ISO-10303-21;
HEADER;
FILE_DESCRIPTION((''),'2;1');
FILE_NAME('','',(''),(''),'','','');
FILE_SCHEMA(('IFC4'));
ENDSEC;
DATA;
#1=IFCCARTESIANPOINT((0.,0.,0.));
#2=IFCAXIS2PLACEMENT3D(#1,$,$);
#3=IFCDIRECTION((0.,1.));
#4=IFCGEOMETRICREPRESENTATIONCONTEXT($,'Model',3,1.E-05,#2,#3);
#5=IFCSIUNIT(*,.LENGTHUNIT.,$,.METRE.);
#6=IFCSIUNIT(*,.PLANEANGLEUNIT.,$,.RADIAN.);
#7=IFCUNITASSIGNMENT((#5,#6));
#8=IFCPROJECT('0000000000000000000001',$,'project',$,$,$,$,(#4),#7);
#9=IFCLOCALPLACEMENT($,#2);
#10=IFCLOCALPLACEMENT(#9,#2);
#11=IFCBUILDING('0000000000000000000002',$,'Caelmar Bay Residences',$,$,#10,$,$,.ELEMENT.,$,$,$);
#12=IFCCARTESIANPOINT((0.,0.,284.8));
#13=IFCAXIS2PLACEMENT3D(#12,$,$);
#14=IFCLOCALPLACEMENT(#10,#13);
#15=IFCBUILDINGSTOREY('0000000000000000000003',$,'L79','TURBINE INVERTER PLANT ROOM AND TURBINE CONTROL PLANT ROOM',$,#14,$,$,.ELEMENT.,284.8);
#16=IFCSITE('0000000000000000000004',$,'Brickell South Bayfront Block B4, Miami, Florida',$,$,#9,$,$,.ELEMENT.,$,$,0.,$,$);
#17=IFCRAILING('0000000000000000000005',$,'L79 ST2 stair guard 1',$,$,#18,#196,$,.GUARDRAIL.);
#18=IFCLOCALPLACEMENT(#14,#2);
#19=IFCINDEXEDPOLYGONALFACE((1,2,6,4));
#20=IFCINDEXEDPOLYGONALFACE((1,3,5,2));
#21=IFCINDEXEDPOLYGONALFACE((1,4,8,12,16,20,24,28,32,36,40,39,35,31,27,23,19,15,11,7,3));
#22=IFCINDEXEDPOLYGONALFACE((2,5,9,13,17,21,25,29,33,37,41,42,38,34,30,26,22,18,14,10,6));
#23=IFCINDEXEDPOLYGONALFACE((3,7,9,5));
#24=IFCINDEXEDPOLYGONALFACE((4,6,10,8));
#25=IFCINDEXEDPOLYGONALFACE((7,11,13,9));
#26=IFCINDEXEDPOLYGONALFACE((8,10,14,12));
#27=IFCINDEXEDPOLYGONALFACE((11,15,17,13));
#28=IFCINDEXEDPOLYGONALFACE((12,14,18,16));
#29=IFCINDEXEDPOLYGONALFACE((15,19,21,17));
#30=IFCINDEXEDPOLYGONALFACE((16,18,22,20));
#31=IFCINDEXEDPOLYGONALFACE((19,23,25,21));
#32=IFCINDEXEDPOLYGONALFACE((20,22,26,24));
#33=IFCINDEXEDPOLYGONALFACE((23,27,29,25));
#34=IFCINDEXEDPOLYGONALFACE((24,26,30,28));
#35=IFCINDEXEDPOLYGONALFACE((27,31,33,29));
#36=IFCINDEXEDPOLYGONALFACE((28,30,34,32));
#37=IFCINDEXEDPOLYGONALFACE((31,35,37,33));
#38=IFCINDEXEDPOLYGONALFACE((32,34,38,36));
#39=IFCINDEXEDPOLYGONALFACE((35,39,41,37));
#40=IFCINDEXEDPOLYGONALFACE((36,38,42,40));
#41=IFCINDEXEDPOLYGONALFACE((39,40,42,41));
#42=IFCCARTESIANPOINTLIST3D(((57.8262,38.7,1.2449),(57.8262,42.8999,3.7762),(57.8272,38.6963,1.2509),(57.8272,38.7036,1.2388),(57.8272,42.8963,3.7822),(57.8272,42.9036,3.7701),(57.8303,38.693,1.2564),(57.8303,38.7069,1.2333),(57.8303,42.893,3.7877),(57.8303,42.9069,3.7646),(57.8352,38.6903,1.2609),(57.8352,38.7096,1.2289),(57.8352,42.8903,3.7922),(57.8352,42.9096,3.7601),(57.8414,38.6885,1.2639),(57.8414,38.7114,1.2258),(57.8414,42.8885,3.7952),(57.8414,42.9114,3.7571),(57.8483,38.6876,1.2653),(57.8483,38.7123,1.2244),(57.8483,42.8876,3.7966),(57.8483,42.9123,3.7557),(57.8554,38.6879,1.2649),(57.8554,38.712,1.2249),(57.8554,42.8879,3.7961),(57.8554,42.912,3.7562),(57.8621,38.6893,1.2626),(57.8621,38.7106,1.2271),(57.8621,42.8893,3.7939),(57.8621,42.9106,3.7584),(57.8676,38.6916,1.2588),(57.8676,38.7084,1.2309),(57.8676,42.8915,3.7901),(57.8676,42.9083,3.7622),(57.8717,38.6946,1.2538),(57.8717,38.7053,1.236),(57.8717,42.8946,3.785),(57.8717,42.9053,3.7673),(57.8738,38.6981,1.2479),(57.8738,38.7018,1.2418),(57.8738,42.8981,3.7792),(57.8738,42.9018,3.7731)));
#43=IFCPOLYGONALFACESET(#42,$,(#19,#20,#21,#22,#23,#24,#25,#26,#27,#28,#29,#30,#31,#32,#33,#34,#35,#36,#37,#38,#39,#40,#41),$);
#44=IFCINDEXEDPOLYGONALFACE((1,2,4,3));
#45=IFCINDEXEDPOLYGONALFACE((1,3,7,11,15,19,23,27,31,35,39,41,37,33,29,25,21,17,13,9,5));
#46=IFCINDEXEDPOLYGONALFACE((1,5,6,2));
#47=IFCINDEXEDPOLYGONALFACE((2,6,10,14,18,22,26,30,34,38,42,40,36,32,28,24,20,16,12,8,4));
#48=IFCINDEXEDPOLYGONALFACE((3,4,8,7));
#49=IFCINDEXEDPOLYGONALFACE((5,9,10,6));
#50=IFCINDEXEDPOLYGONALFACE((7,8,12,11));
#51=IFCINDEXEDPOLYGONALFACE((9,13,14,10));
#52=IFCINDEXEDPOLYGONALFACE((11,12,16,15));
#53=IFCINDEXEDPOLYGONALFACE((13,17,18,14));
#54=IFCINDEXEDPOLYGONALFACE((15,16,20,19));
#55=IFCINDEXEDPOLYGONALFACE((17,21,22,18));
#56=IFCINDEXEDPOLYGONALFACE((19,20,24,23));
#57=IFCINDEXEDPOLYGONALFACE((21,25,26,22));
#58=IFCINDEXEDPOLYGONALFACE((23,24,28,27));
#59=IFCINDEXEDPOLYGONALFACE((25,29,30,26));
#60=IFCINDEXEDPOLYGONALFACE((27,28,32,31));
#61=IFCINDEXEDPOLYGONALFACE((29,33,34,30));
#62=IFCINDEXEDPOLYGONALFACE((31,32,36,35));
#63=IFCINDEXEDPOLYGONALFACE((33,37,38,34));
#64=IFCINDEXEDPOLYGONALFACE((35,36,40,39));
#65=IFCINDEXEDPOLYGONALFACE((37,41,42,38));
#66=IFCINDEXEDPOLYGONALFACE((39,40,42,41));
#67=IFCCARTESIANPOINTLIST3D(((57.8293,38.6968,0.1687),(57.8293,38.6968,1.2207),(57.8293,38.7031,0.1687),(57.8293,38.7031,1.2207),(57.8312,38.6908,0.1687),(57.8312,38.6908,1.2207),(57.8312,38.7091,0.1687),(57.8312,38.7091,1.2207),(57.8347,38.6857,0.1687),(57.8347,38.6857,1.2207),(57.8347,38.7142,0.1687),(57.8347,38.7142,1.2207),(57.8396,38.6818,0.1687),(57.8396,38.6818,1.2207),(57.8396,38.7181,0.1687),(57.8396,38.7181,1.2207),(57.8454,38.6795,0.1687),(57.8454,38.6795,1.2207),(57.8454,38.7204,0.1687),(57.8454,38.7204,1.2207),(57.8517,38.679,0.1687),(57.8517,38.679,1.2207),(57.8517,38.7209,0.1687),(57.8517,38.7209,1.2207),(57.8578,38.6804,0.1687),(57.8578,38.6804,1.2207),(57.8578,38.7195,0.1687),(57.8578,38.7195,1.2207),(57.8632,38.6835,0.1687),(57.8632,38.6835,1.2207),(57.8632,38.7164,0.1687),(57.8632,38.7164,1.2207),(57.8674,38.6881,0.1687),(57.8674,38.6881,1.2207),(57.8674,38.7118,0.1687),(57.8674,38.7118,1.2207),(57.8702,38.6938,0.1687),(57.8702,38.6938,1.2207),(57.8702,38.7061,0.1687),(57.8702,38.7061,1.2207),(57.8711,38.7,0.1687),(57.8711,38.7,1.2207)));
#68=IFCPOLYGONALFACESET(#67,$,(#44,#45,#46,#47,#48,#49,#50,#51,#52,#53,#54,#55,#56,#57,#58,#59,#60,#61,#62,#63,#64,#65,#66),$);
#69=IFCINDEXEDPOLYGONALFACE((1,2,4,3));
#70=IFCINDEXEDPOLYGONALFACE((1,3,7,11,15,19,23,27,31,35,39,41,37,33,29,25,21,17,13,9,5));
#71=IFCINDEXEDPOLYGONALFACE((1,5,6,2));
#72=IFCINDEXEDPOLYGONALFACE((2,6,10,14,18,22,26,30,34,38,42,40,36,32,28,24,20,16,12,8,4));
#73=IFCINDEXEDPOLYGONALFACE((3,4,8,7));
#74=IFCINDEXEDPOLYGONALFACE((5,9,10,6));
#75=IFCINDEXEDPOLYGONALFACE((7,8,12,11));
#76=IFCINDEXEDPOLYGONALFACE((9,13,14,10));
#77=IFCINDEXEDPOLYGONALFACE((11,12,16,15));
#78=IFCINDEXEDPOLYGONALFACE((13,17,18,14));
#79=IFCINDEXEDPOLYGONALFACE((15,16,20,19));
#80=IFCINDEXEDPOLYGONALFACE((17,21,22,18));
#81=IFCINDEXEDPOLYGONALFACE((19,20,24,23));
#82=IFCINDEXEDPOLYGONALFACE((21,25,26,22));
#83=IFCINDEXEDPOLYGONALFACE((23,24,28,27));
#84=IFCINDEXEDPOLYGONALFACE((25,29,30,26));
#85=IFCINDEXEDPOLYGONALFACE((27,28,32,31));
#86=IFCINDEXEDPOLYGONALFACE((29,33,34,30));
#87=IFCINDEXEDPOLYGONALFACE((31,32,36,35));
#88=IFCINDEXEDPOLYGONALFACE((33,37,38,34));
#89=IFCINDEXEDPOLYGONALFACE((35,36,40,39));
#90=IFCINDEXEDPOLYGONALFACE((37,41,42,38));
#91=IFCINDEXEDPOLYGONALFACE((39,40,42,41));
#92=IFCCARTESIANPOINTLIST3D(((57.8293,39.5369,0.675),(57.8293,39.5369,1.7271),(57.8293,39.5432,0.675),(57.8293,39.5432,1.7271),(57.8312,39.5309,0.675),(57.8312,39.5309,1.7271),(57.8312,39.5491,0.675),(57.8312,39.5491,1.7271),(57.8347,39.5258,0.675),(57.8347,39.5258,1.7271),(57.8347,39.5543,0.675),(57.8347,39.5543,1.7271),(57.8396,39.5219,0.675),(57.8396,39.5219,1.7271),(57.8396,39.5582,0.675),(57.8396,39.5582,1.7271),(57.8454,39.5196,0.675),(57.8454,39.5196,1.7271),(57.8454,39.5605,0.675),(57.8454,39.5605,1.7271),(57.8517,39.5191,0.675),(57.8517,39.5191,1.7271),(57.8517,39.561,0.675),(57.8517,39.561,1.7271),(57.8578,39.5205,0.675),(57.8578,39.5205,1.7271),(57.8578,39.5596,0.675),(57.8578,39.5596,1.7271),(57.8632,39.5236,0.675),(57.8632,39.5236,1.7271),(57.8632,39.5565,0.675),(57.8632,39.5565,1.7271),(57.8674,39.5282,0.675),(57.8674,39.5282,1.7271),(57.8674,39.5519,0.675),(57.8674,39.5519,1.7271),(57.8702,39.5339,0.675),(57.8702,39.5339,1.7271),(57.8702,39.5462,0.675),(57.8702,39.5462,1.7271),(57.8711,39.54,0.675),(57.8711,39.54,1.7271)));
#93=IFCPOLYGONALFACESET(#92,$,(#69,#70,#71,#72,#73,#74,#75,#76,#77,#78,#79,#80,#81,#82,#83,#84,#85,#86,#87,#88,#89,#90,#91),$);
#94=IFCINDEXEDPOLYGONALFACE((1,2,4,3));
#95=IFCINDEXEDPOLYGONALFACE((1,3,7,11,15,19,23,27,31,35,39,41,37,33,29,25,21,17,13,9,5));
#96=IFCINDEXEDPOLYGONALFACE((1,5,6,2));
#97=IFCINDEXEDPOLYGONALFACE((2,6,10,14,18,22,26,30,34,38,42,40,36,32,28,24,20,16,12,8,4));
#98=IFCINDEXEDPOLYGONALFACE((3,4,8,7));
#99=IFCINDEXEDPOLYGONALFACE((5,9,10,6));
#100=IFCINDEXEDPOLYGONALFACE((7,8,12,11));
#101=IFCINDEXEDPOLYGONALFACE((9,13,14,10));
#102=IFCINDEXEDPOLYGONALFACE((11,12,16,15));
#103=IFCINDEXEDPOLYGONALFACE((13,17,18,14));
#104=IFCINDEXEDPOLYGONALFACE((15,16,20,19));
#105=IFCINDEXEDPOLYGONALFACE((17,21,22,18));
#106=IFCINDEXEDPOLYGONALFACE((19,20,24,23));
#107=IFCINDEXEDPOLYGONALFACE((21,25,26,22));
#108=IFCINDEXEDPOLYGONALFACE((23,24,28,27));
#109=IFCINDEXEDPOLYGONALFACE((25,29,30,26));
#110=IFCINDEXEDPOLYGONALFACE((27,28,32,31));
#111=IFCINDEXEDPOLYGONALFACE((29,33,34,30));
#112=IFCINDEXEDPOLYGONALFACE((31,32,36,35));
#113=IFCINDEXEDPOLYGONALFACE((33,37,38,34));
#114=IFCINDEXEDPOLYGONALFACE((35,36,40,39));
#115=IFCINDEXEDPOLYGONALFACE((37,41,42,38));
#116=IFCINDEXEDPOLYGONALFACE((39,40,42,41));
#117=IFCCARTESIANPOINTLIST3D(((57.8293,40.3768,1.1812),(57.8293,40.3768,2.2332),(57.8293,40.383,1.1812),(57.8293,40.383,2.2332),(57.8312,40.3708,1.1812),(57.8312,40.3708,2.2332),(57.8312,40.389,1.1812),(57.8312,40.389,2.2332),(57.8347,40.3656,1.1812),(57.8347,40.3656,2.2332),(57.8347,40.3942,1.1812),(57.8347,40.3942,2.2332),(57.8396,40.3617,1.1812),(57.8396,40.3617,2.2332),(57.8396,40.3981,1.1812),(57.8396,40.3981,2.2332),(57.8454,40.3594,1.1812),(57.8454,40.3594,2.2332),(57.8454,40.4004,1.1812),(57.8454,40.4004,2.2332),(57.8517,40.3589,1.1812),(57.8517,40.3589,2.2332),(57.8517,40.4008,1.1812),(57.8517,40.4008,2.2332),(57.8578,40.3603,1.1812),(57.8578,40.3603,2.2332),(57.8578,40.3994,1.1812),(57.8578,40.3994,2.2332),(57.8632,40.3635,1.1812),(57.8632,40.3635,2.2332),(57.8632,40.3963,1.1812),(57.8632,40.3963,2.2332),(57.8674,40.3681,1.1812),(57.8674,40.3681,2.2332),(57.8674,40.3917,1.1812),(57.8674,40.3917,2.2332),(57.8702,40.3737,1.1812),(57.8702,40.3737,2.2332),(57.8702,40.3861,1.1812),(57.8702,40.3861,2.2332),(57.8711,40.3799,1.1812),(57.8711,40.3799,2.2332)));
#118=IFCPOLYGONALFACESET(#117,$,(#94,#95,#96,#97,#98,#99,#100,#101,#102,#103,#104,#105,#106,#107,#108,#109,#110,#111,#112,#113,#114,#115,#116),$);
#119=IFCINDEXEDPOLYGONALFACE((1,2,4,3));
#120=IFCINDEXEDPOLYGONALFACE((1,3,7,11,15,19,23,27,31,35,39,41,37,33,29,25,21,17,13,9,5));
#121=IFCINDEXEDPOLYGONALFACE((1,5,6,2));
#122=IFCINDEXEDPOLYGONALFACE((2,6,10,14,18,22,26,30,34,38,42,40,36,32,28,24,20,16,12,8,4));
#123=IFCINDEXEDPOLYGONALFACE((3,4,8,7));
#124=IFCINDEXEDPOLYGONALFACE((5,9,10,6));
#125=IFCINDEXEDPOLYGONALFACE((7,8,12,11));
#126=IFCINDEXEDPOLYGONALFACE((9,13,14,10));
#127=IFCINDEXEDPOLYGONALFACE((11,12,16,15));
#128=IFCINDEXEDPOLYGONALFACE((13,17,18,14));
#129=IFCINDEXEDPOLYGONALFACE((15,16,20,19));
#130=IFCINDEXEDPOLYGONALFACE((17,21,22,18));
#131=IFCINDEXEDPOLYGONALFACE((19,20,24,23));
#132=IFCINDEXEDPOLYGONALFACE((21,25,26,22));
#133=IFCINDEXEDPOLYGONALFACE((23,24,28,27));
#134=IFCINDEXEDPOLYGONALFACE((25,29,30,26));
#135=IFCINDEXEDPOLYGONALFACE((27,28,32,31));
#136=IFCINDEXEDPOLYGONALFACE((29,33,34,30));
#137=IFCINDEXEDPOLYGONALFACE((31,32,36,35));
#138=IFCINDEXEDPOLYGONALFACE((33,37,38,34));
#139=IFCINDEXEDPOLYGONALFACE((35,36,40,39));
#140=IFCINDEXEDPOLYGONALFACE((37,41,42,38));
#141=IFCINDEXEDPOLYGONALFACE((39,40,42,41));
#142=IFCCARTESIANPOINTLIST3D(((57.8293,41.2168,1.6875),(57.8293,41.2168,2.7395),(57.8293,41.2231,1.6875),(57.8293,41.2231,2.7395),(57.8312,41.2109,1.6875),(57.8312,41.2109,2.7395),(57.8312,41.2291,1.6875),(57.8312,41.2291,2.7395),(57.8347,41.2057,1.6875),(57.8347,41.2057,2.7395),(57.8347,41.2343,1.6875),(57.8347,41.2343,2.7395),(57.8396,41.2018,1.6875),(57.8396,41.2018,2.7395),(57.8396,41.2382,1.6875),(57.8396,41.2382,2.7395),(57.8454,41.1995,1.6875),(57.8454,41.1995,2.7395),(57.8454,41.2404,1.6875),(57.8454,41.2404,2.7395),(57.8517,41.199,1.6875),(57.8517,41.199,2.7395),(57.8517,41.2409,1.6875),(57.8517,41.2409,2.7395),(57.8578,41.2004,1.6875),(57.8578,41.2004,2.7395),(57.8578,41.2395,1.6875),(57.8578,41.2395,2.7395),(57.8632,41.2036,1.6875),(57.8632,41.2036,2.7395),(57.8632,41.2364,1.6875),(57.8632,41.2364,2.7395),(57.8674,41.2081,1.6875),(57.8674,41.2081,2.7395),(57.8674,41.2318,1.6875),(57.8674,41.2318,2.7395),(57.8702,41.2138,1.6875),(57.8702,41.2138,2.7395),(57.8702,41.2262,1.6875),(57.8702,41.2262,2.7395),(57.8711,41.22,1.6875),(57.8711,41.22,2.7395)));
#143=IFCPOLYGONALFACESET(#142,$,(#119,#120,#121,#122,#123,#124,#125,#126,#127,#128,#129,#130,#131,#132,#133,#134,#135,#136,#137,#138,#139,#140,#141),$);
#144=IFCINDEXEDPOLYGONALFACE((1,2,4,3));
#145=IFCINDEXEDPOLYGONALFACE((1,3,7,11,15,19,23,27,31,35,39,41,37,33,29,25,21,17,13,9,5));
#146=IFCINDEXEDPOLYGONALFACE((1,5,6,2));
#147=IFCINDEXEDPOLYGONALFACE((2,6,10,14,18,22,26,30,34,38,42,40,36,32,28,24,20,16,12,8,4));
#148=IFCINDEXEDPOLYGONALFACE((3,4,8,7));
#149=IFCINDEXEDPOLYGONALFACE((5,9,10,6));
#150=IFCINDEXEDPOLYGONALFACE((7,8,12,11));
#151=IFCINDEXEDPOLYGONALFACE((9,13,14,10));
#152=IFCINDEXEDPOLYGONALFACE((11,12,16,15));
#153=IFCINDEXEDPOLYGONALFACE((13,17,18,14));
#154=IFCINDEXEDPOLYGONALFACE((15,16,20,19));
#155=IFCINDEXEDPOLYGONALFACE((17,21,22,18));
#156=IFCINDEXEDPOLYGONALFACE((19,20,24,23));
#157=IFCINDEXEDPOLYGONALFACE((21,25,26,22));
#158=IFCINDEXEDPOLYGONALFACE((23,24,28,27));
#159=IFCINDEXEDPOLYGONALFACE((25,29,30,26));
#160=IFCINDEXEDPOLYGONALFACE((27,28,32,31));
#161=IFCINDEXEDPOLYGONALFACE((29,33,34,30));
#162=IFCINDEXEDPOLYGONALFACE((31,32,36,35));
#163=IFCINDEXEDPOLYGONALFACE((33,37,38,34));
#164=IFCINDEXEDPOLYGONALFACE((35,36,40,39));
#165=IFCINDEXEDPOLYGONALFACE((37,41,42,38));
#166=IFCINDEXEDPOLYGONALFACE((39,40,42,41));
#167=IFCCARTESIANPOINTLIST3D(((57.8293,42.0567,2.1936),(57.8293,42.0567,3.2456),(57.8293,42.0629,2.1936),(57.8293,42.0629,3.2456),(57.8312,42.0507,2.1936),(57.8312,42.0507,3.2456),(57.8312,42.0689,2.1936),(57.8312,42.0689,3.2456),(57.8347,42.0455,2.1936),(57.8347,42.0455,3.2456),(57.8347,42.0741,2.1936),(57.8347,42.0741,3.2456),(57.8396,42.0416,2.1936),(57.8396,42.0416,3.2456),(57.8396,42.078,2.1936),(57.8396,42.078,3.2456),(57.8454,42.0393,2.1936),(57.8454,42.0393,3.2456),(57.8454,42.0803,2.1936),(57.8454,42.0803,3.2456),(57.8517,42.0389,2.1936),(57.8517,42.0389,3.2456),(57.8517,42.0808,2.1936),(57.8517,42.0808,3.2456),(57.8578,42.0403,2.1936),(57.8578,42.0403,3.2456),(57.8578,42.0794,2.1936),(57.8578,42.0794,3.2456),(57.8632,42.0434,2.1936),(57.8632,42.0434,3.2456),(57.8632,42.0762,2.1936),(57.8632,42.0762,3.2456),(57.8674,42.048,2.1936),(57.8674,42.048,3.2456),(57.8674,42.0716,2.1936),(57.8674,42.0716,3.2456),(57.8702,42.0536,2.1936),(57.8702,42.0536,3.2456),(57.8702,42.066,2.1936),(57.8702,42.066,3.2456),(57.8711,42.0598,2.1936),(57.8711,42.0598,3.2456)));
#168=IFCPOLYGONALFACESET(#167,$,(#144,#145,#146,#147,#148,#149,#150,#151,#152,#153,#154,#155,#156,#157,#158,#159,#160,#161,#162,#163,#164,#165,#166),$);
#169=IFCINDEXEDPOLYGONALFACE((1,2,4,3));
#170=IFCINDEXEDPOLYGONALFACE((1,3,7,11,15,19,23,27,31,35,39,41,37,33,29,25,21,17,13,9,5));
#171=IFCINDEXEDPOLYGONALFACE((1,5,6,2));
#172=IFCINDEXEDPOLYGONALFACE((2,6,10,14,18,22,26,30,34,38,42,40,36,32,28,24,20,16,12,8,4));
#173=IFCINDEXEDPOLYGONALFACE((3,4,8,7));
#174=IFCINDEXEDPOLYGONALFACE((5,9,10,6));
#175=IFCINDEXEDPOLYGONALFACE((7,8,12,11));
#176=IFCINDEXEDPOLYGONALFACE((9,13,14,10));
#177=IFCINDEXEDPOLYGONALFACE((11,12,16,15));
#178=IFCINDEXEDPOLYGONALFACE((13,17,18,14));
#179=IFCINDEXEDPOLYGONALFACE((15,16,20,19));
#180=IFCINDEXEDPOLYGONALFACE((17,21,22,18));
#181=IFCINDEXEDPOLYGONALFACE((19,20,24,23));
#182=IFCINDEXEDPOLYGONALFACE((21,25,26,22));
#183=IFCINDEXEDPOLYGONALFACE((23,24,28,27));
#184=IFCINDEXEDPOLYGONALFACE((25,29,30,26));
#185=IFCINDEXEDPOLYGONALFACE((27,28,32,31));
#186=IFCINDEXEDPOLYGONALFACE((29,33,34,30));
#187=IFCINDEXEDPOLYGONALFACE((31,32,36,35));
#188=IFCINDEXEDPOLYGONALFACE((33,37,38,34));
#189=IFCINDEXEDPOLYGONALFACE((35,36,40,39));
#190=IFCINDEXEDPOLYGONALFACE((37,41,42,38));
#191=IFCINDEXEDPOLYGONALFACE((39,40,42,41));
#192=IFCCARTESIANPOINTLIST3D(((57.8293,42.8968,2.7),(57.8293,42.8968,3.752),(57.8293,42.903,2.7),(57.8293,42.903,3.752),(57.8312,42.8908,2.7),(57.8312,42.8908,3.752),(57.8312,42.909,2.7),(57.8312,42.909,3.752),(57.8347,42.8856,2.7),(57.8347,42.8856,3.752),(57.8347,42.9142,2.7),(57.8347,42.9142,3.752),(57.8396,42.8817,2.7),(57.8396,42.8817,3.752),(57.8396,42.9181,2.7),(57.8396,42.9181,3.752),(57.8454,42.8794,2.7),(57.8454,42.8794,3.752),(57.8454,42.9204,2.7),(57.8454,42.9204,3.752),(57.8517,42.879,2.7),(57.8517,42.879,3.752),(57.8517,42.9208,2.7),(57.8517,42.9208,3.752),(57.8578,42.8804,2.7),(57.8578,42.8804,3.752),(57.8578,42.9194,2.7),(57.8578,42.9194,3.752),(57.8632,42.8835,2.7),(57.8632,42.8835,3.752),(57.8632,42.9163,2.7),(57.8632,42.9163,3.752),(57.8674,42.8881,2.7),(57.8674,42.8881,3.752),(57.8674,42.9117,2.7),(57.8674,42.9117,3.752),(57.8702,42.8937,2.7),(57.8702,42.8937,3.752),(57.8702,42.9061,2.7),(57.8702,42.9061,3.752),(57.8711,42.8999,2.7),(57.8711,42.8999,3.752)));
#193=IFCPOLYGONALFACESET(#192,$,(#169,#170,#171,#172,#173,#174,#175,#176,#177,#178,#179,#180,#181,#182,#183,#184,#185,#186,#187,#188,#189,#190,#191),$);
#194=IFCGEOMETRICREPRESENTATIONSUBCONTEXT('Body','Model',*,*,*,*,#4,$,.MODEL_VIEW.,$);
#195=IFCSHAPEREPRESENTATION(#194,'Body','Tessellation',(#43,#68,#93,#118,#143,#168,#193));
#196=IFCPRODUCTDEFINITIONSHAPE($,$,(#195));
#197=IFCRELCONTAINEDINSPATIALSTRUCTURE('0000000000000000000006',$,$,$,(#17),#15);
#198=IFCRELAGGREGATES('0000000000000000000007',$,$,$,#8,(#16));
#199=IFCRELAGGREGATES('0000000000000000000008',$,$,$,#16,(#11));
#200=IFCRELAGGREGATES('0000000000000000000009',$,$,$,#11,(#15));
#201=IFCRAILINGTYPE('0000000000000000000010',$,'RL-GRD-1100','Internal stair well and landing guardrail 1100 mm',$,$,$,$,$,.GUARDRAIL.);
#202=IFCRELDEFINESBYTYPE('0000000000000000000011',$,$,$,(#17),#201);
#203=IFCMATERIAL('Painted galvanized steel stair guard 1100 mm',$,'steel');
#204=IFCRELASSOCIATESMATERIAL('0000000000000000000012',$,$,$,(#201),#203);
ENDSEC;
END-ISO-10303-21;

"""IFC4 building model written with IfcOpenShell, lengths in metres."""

from ifc_helpers import new_model, si_unit, direction, frame, origin, origin_2d, place, context, subcontext, project, spatial, circle, extrude, material, type_object, element, save


model = new_model("IFC4")

# Units and contexts
model_context = context("Model", 3, precision=1e-05, world=origin(), true_north=direction((0.0, 1.0)))
body_context = subcontext(model_context, "Body", "Model", "MODEL_VIEW")
ifc_project = project(units=[si_unit("LENGTHUNIT", "METRE"), si_unit("PLANEANGLEUNIT", "RADIAN")], contexts=[model_context])

# Site, building, storey
site_placement = place(None, origin())
site = spatial("IfcSite", under=ifc_project, at=site_placement, Name="Brickell South Bayfront Block B4, Miami, Florida", CompositionType="ELEMENT", RefElevation=0.0)
building_placement = place(site_placement, origin())
building = spatial("IfcBuilding", under=site, at=building_placement, Name="Caelmar Bay Residences", CompositionType="ELEMENT")
storey_placement = place(building_placement, frame((0.0, 0.0, 284.8)))
storey = spatial("IfcBuildingStorey", under=building, at=storey_placement, Name="L79", Description="TURBINE INVERTER PLANT ROOM AND TURBINE CONTROL PLANT ROOM", CompositionType="ELEMENT", Elevation=284.8)

# Railing
ifc_material_1 = material(Name="Painted galvanized steel stair guard 1100 mm", Category="steel")
railing_type_1 = type_object("IfcRailingType", Name="RL-GRD-1100", Description="Internal stair well and landing guardrail 1100 mm", PredefinedType="GUARDRAIL", material=ifc_material_1)
railing_1_placement = place(storey_placement, frame((57.8501, 38.7, 0.1687)))
element("IfcRailing", 1, at=railing_1_placement, inside=storey, type_object=railing_type_1, Name="L79 ST2 stair guard 1", PredefinedType="GUARDRAIL", context=body_context, shape_type="SweptSolid", body=[
    extrude(circle(Radius=0.0239, at=origin_2d()), frame((0.0, 0.0, 1.0762), z_axis=(0.0, 0.856476, 0.516186), x_axis=(-1.0, 0.0, 0.0)), (0.0, 0.0, 1.0), 4.9038),
    extrude(circle(Radius=0.021, at=origin_2d()), origin(), (0.0, 0.0, 1.0), 1.052),
    extrude(circle(Radius=0.021, at=origin_2d()), frame((0.0, 0.8401, 0.5063)), (0.0, 0.0, 1.0), 1.052),
    extrude(circle(Radius=0.021, at=origin_2d()), frame((0.0, 1.6799, 1.0125)), (0.0, 0.0, 1.0), 1.052),
    extrude(circle(Radius=0.021, at=origin_2d()), frame((0.0, 2.52, 1.5188)), (0.0, 0.0, 1.0), 1.052),
    extrude(circle(Radius=0.021, at=origin_2d()), frame((0.0, 3.3599, 2.0249)), (0.0, 0.0, 1.0), 1.052),
    extrude(circle(Radius=0.021, at=origin_2d()), frame((0.0, 4.2, 2.5312)), (0.0, 0.0, 1.0), 1.052),
])

save(model, "model.ifc")
